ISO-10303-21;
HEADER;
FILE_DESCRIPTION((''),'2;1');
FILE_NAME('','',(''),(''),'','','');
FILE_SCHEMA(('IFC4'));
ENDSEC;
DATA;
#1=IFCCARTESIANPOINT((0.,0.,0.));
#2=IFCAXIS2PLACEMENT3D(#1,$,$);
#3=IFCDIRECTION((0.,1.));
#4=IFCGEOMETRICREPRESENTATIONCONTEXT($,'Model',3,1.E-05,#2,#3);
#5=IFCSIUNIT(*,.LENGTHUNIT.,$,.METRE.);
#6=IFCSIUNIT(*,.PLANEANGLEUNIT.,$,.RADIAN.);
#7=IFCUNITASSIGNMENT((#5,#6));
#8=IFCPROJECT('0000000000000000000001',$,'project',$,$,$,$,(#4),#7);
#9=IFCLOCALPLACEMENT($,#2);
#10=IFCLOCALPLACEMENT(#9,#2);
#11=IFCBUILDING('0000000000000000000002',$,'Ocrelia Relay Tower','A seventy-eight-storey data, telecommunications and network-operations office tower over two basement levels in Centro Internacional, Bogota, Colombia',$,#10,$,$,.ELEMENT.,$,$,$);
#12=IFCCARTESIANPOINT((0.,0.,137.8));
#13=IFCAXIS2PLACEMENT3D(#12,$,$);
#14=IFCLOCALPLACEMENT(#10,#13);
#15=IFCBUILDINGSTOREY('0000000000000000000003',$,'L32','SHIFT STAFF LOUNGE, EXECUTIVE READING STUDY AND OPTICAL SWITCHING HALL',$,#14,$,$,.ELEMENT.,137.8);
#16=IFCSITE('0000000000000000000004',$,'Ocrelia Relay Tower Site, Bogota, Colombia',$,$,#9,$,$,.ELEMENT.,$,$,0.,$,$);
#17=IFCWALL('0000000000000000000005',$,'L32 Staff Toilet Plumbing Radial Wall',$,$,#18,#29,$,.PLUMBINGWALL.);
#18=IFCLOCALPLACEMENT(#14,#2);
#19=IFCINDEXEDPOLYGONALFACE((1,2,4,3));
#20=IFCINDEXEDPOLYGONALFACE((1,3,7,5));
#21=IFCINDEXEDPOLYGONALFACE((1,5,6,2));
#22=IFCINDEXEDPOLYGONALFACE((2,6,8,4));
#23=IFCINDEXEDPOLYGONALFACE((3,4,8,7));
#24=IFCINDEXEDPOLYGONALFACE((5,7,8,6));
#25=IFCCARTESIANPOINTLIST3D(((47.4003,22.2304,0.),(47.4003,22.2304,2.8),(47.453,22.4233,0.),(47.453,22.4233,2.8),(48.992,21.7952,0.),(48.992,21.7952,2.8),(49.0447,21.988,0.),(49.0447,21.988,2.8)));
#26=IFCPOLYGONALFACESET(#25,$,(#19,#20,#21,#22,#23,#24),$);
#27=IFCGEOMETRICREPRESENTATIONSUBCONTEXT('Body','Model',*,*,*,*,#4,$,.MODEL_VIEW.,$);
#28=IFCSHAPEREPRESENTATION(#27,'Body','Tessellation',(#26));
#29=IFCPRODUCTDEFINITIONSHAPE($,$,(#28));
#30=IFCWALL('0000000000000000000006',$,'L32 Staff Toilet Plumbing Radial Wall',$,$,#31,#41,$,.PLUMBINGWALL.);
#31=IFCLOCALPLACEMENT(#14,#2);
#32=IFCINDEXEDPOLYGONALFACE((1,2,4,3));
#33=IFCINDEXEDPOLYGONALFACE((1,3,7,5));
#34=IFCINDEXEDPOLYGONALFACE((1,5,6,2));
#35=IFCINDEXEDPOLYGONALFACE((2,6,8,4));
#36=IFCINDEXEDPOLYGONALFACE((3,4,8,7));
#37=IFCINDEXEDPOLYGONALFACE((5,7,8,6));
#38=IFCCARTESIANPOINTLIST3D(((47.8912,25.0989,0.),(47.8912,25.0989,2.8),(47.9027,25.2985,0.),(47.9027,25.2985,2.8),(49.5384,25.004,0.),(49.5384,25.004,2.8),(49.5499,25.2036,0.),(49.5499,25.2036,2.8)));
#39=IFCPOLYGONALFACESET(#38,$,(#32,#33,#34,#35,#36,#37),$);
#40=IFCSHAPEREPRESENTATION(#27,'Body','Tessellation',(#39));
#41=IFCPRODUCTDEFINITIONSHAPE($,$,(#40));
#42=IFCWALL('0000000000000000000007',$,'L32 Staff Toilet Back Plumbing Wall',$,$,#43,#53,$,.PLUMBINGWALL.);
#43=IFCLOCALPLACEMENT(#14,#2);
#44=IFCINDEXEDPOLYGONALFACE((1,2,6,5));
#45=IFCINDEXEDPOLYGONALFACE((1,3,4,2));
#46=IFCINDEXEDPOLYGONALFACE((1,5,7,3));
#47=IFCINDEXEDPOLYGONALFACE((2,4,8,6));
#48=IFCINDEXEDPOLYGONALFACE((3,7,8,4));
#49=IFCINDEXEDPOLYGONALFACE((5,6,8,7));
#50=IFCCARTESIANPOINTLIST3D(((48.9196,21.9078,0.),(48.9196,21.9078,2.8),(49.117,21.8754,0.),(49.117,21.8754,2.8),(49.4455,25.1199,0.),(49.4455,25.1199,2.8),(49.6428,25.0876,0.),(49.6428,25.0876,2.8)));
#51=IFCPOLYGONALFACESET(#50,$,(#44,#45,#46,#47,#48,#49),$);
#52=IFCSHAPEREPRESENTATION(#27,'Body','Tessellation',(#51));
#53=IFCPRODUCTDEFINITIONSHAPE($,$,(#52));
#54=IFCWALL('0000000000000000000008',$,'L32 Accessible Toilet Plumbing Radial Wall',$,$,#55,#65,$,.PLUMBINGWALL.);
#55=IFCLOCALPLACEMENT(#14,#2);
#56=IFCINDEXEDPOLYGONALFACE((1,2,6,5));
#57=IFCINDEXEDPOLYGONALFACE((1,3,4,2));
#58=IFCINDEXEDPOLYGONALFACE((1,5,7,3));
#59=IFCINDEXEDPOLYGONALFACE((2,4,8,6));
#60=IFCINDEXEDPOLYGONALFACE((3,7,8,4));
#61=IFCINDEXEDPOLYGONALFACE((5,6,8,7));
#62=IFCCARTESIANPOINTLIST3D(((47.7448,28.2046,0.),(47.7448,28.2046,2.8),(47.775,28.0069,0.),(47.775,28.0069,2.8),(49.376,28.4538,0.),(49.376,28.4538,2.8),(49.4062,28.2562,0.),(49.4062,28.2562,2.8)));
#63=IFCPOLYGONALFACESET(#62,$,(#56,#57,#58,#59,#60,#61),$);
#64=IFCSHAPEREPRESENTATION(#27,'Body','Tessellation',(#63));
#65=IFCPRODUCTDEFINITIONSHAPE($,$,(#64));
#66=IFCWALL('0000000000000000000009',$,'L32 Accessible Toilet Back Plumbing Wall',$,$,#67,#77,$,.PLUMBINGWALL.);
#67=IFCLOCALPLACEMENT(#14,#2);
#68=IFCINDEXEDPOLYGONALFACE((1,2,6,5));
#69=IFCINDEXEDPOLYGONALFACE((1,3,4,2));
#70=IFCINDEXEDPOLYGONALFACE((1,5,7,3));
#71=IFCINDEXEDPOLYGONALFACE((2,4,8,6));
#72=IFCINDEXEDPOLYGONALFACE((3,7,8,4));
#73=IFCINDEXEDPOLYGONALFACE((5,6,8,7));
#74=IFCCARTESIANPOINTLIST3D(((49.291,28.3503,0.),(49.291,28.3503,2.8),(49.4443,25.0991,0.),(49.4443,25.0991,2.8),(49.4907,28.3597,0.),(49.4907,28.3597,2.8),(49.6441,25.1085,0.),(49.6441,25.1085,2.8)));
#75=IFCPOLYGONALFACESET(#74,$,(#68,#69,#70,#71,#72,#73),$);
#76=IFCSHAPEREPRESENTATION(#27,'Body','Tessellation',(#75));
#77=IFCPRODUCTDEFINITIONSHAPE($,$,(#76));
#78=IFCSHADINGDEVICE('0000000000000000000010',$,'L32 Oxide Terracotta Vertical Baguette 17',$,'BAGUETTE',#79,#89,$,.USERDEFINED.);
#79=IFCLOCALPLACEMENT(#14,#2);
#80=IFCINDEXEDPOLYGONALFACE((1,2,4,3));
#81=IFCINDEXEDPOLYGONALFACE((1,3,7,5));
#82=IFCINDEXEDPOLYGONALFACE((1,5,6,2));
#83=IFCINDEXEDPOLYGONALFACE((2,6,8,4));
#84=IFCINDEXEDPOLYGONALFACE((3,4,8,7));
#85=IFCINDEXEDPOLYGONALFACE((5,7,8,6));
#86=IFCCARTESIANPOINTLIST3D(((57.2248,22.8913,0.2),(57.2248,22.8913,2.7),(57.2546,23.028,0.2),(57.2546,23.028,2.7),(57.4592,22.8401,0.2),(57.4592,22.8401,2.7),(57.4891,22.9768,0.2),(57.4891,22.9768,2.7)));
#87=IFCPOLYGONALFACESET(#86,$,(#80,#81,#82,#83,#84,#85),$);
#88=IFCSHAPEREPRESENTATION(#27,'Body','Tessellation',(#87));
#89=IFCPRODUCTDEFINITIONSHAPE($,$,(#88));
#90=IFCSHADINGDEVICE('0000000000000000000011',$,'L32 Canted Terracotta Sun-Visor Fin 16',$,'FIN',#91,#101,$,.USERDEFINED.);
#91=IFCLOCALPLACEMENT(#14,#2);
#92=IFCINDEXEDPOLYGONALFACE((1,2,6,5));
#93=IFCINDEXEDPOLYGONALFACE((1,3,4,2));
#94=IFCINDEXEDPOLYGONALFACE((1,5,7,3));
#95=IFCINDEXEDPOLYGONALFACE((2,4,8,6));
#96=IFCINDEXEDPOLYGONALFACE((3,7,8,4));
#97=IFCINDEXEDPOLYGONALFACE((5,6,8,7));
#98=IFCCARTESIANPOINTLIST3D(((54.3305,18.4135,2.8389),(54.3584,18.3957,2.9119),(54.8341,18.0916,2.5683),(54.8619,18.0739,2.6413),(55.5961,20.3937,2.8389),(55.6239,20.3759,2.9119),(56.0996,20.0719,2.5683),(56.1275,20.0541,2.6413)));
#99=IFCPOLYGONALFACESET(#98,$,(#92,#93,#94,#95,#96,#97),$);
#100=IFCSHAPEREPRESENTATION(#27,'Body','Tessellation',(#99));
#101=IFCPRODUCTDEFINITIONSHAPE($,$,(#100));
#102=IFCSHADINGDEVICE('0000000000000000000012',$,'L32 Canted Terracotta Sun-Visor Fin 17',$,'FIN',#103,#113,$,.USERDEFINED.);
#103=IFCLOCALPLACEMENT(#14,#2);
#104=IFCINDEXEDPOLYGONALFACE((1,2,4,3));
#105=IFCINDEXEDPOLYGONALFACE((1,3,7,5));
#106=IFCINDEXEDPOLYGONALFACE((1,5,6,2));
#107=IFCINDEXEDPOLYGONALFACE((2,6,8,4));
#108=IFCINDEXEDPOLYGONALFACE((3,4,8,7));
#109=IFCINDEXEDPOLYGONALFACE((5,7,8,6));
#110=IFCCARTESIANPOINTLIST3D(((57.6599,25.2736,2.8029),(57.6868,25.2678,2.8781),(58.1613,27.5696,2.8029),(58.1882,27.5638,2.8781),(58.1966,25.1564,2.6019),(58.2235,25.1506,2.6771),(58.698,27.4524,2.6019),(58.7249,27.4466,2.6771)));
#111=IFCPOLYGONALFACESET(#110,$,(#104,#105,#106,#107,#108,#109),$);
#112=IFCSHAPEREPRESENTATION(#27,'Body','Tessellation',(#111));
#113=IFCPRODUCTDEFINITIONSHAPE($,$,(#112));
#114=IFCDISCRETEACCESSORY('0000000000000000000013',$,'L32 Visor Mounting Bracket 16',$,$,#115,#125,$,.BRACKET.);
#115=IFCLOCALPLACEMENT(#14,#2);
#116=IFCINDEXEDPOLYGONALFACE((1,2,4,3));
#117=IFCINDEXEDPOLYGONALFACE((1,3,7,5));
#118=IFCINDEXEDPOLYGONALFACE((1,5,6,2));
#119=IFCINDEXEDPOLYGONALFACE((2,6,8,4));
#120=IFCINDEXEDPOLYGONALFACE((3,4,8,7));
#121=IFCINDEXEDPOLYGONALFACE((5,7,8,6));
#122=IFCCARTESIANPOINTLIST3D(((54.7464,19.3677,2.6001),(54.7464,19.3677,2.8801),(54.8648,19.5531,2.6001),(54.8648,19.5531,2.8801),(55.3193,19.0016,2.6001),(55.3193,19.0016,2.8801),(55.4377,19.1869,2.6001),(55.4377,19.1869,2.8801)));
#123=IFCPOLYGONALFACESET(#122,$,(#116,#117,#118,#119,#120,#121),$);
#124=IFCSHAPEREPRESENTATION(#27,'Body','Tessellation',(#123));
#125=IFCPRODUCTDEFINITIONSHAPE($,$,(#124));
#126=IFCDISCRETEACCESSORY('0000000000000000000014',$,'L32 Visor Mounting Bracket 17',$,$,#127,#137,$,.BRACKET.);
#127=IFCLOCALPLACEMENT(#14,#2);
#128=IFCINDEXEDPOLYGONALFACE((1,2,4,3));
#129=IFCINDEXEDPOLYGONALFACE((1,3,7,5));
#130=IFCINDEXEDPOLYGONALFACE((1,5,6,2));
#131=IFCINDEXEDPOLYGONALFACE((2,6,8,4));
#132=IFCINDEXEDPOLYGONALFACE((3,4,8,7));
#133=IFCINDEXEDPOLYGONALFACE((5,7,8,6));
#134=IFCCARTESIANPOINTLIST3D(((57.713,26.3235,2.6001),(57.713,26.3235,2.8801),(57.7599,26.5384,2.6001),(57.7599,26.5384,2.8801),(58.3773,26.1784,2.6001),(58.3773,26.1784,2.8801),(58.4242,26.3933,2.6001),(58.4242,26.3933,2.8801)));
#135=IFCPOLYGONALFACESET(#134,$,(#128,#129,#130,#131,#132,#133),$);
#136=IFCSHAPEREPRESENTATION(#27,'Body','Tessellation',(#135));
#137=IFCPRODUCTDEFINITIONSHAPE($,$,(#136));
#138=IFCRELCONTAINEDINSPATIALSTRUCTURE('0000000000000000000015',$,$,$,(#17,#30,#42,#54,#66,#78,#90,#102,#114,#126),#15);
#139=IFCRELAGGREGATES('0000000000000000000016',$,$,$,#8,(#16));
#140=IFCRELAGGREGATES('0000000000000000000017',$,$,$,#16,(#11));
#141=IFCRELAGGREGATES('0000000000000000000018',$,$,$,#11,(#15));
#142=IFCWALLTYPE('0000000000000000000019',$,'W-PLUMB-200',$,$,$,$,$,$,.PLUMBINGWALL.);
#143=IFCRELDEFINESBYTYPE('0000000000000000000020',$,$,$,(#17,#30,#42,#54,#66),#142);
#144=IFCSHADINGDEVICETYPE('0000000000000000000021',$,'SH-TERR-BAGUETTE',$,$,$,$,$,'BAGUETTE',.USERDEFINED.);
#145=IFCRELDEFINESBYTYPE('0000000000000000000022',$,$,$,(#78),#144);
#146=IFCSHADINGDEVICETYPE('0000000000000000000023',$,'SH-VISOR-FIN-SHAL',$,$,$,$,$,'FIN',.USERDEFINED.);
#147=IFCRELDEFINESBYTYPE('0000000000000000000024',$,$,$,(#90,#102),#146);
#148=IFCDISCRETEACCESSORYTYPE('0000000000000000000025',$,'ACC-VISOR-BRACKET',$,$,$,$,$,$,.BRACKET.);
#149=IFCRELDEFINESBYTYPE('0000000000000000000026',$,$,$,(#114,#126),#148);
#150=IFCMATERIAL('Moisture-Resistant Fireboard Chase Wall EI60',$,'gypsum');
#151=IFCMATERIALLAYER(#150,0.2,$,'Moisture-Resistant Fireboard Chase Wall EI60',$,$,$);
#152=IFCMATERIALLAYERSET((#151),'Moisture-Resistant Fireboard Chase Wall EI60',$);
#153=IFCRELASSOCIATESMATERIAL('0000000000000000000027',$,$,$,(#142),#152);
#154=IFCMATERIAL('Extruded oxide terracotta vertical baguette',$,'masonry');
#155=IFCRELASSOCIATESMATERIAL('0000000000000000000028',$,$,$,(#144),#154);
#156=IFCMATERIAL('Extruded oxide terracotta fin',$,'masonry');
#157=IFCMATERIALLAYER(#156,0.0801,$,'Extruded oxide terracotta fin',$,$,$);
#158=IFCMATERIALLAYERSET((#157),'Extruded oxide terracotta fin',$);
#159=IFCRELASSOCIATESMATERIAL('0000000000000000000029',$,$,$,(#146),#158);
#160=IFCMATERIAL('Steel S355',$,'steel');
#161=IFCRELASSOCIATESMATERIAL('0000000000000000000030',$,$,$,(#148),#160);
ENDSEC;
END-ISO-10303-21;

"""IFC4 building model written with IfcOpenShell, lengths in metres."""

from ifc_helpers import new_model, si_unit, direction, frame, frame_2d, origin, origin_2d, place, context, subcontext, project, spatial, rectangle, extrude, material, layer, layer_set, type_object, element, save


model = new_model("IFC4")

# Units and contexts
model_context = context("Model", 3, precision=1e-05, world=origin(), true_north=direction((0.0, 1.0)))
body_context = subcontext(model_context, "Body", "Model", "MODEL_VIEW")
ifc_project = project(units=[si_unit("LENGTHUNIT", "METRE"), si_unit("PLANEANGLEUNIT", "RADIAN")], contexts=[model_context])

# Site, building, storey
site_placement = place(None, origin())
site = spatial("IfcSite", under=ifc_project, at=site_placement, Name="Ocrelia Relay Tower Site, Bogota, Colombia", CompositionType="ELEMENT", RefElevation=0.0)
building_placement = place(site_placement, origin())
building = spatial("IfcBuilding", under=site, at=building_placement, Name="Ocrelia Relay Tower", Description="A seventy-eight-storey data, telecommunications and network-operations office tower over two basement levels in Centro Internacional, Bogota, Colombia", CompositionType="ELEMENT")
storey_placement = place(building_placement, frame((0.0, 0.0, 137.8)))
storey = spatial("IfcBuildingStorey", under=building, at=storey_placement, Name="L32", Description="SHIFT STAFF LOUNGE, EXECUTIVE READING STUDY AND OPTICAL SWITCHING HALL", CompositionType="ELEMENT", Elevation=137.8)

# Shared definitions
ifc_material_1 = material(Name="Steel S355", Category="steel")

# Walls
ifc_material_2 = material(Name="Moisture-Resistant Fireboard Chase Wall EI60", Category="gypsum")
ifc_layer_1 = layer(ifc_material_2, 0.2, Name="Moisture-Resistant Fireboard Chase Wall EI60")
ifc_layer_set_1 = layer_set([ifc_layer_1], Name="Moisture-Resistant Fireboard Chase Wall EI60")
wall_type_1 = type_object("IfcWallType", Name="W-PLUMB-200", PredefinedType="PLUMBINGWALL", material=ifc_layer_set_1)
wall_1_placement = place(storey_placement, frame((47.4265, 22.3269, 0.0), z_axis=(0.0, 0.0, 1.0), x_axis=(0.964583, -0.263781, 0.0)))
element("IfcWall", 1, at=wall_1_placement, inside=storey, type_object=wall_type_1, Name="L32 Staff Toilet Plumbing Radial Wall", PredefinedType="PLUMBINGWALL", context=body_context, shape_type="SweptSolid", body=[
    extrude(rectangle(XDim=1.6501, YDim=0.2, at=frame_2d((0.8252, 0.0))), origin(), (0.0, 0.0, 1.0), 2.8),
])
wall_2_placement = place(storey_placement, frame((47.897, 25.1987, 0.0), z_axis=(0.0, 0.0, 1.0), x_axis=(0.998342, -0.05756, 0.0)))
element("IfcWall", 2, at=wall_2_placement, inside=storey, type_object=wall_type_1, Name="L32 Staff Toilet Plumbing Radial Wall", PredefinedType="PLUMBINGWALL", context=body_context, shape_type="SweptSolid", body=[
    extrude(rectangle(XDim=1.6499, YDim=0.2, at=frame_2d((0.825, 0.0))), origin(), (0.0, 0.0, 1.0), 2.8),
])
wall_3_placement = place(storey_placement, frame((49.0183, 21.8916, 0.0), z_axis=(0.0, 0.0, 1.0), x_axis=(0.161564, 0.986862, 0.0)))
element("IfcWall", 3, at=wall_3_placement, inside=storey, type_object=wall_type_1, Name="L32 Staff Toilet Back Plumbing Wall", PredefinedType="PLUMBINGWALL", context=body_context, shape_type="SweptSolid", body=[
    extrude(rectangle(XDim=3.2549, YDim=0.2, at=frame_2d((1.6274, 0.0))), origin(), (0.0, 0.0, 1.0), 2.8),
])
wall_4_placement = place(storey_placement, frame((47.7598, 28.1057, 0.0), z_axis=(0.0, 0.0, 1.0), x_axis=(0.988523, 0.151068, 0.0)))
element("IfcWall", 4, at=wall_4_placement, inside=storey, type_object=wall_type_1, Name="L32 Accessible Toilet Plumbing Radial Wall", PredefinedType="PLUMBINGWALL", context=body_context, shape_type="SweptSolid", body=[
    extrude(rectangle(XDim=1.6501, YDim=0.2, at=frame_2d((0.8252, 0.0))), origin(), (0.0, 0.0, 1.0), 2.8),
])
wall_5_placement = place(storey_placement, frame((49.5442, 25.1038, 0.0), z_axis=(0.0, 0.0, 1.0), x_axis=(-0.047105, 0.99889, 0.0)))
element("IfcWall", 5, at=wall_5_placement, inside=storey, type_object=wall_type_1, Name="L32 Accessible Toilet Back Plumbing Wall", PredefinedType="PLUMBINGWALL", context=body_context, shape_type="SweptSolid", body=[
    extrude(rectangle(XDim=3.2549, YDim=0.2, at=frame_2d((1.6274, 0.0))), origin(), (0.0, 0.0, 1.0), 2.8),
])

# Shading devices
ifc_material_3 = material(Name="Extruded oxide terracotta vertical baguette", Category="masonry")
shading_device_type_1 = type_object("IfcShadingDeviceType", Name="SH-TERR-BAGUETTE", ElementType="BAGUETTE", PredefinedType="USERDEFINED", material=ifc_material_3)
shading_device_1_placement = place(storey_placement, frame((57.3569, 22.9341, 0.2), z_axis=(0.0, 0.0, 1.0), x_axis=(0.21336, 0.976974, 0.0)))
element("IfcShadingDevice", 6, at=shading_device_1_placement, inside=storey, type_object=shading_device_type_1, Name="L32 Oxide Terracotta Vertical Baguette 17", ObjectType="BAGUETTE", PredefinedType="USERDEFINED", context=body_context, shape_type="SweptSolid", body=[
    extrude(rectangle(XDim=0.1399, YDim=0.24, at=origin_2d()), origin(), (0.0, 0.0, 1.0), 2.5),
])
ifc_material_4 = material(Name="Extruded oxide terracotta fin", Category="masonry")
ifc_layer_2 = layer(ifc_material_4, 0.0801, Name="Extruded oxide terracotta fin")
ifc_layer_set_2 = layer_set([ifc_layer_2], Name="Extruded oxide terracotta fin")
shading_device_type_2 = type_object("IfcShadingDeviceType", Name="SH-VISOR-FIN-SHAL", ElementType="FIN", PredefinedType="USERDEFINED", material=ifc_layer_set_2)
shading_device_2_placement = place(storey_placement, frame((55.2151, 19.2427, 2.7036), z_axis=(0.347554, -0.222118, 0.910972), x_axis=(0.53851, 0.842619, 0.0)))
element("IfcShadingDevice", 7, at=shading_device_2_placement, inside=storey, type_object=shading_device_type_2, Name="L32 Canted Terracotta Sun-Visor Fin 16", ObjectType="FIN", PredefinedType="USERDEFINED", context=body_context, shape_type="SweptSolid", body=[
    extrude(rectangle(XDim=2.3501, YDim=0.656, at=origin_2d()), origin(), (0.0, 0.0, 1.0), 0.0801),
])
shading_device_3_placement = place(storey_placement, frame((58.179, 26.363, 2.7024), z_axis=(0.335746, -0.073323, 0.939094), x_axis=(0.21336, 0.976974, 0.0)))
element("IfcShadingDevice", 8, at=shading_device_3_placement, inside=storey, type_object=shading_device_type_2, Name="L32 Canted Terracotta Sun-Visor Fin 17", ObjectType="FIN", PredefinedType="USERDEFINED", context=body_context, shape_type="SweptSolid", body=[
    extrude(rectangle(XDim=2.3501, YDim=0.585, at=origin_2d()), origin(), (0.0, 0.0, 1.0), 0.0801),
])

# Discrete accessories
discrete_accessory_type = type_object("IfcDiscreteAccessoryType", Name="ACC-VISOR-BRACKET", PredefinedType="BRACKET", material=ifc_material_1)
for number, where, z_axis, x_axis, name in (
    (9, (55.092, 19.2773, 2.6001), (0.0, 0.0, 1.0), (0.53851, 0.842619, 0.0), "L32 Visor Mounting Bracket 16"),
    (10, (58.0686, 26.3584, 2.6001), (0.0, 0.0, 1.0), (0.21336, 0.976974, 0.0), "L32 Visor Mounting Bracket 17"),
):
    element("IfcDiscreteAccessory", number, at=place(storey_placement, frame(where, z_axis=z_axis, x_axis=x_axis)), inside=storey, type_object=discrete_accessory_type, Name=name, PredefinedType="BRACKET", context=body_context, shape_type="SweptSolid", body=[
        extrude(rectangle(XDim=0.22, YDim=0.6799, at=origin_2d()), origin(), (0.0, 0.0, 1.0), 0.28),
    ])

save(model, "model.ifc")
